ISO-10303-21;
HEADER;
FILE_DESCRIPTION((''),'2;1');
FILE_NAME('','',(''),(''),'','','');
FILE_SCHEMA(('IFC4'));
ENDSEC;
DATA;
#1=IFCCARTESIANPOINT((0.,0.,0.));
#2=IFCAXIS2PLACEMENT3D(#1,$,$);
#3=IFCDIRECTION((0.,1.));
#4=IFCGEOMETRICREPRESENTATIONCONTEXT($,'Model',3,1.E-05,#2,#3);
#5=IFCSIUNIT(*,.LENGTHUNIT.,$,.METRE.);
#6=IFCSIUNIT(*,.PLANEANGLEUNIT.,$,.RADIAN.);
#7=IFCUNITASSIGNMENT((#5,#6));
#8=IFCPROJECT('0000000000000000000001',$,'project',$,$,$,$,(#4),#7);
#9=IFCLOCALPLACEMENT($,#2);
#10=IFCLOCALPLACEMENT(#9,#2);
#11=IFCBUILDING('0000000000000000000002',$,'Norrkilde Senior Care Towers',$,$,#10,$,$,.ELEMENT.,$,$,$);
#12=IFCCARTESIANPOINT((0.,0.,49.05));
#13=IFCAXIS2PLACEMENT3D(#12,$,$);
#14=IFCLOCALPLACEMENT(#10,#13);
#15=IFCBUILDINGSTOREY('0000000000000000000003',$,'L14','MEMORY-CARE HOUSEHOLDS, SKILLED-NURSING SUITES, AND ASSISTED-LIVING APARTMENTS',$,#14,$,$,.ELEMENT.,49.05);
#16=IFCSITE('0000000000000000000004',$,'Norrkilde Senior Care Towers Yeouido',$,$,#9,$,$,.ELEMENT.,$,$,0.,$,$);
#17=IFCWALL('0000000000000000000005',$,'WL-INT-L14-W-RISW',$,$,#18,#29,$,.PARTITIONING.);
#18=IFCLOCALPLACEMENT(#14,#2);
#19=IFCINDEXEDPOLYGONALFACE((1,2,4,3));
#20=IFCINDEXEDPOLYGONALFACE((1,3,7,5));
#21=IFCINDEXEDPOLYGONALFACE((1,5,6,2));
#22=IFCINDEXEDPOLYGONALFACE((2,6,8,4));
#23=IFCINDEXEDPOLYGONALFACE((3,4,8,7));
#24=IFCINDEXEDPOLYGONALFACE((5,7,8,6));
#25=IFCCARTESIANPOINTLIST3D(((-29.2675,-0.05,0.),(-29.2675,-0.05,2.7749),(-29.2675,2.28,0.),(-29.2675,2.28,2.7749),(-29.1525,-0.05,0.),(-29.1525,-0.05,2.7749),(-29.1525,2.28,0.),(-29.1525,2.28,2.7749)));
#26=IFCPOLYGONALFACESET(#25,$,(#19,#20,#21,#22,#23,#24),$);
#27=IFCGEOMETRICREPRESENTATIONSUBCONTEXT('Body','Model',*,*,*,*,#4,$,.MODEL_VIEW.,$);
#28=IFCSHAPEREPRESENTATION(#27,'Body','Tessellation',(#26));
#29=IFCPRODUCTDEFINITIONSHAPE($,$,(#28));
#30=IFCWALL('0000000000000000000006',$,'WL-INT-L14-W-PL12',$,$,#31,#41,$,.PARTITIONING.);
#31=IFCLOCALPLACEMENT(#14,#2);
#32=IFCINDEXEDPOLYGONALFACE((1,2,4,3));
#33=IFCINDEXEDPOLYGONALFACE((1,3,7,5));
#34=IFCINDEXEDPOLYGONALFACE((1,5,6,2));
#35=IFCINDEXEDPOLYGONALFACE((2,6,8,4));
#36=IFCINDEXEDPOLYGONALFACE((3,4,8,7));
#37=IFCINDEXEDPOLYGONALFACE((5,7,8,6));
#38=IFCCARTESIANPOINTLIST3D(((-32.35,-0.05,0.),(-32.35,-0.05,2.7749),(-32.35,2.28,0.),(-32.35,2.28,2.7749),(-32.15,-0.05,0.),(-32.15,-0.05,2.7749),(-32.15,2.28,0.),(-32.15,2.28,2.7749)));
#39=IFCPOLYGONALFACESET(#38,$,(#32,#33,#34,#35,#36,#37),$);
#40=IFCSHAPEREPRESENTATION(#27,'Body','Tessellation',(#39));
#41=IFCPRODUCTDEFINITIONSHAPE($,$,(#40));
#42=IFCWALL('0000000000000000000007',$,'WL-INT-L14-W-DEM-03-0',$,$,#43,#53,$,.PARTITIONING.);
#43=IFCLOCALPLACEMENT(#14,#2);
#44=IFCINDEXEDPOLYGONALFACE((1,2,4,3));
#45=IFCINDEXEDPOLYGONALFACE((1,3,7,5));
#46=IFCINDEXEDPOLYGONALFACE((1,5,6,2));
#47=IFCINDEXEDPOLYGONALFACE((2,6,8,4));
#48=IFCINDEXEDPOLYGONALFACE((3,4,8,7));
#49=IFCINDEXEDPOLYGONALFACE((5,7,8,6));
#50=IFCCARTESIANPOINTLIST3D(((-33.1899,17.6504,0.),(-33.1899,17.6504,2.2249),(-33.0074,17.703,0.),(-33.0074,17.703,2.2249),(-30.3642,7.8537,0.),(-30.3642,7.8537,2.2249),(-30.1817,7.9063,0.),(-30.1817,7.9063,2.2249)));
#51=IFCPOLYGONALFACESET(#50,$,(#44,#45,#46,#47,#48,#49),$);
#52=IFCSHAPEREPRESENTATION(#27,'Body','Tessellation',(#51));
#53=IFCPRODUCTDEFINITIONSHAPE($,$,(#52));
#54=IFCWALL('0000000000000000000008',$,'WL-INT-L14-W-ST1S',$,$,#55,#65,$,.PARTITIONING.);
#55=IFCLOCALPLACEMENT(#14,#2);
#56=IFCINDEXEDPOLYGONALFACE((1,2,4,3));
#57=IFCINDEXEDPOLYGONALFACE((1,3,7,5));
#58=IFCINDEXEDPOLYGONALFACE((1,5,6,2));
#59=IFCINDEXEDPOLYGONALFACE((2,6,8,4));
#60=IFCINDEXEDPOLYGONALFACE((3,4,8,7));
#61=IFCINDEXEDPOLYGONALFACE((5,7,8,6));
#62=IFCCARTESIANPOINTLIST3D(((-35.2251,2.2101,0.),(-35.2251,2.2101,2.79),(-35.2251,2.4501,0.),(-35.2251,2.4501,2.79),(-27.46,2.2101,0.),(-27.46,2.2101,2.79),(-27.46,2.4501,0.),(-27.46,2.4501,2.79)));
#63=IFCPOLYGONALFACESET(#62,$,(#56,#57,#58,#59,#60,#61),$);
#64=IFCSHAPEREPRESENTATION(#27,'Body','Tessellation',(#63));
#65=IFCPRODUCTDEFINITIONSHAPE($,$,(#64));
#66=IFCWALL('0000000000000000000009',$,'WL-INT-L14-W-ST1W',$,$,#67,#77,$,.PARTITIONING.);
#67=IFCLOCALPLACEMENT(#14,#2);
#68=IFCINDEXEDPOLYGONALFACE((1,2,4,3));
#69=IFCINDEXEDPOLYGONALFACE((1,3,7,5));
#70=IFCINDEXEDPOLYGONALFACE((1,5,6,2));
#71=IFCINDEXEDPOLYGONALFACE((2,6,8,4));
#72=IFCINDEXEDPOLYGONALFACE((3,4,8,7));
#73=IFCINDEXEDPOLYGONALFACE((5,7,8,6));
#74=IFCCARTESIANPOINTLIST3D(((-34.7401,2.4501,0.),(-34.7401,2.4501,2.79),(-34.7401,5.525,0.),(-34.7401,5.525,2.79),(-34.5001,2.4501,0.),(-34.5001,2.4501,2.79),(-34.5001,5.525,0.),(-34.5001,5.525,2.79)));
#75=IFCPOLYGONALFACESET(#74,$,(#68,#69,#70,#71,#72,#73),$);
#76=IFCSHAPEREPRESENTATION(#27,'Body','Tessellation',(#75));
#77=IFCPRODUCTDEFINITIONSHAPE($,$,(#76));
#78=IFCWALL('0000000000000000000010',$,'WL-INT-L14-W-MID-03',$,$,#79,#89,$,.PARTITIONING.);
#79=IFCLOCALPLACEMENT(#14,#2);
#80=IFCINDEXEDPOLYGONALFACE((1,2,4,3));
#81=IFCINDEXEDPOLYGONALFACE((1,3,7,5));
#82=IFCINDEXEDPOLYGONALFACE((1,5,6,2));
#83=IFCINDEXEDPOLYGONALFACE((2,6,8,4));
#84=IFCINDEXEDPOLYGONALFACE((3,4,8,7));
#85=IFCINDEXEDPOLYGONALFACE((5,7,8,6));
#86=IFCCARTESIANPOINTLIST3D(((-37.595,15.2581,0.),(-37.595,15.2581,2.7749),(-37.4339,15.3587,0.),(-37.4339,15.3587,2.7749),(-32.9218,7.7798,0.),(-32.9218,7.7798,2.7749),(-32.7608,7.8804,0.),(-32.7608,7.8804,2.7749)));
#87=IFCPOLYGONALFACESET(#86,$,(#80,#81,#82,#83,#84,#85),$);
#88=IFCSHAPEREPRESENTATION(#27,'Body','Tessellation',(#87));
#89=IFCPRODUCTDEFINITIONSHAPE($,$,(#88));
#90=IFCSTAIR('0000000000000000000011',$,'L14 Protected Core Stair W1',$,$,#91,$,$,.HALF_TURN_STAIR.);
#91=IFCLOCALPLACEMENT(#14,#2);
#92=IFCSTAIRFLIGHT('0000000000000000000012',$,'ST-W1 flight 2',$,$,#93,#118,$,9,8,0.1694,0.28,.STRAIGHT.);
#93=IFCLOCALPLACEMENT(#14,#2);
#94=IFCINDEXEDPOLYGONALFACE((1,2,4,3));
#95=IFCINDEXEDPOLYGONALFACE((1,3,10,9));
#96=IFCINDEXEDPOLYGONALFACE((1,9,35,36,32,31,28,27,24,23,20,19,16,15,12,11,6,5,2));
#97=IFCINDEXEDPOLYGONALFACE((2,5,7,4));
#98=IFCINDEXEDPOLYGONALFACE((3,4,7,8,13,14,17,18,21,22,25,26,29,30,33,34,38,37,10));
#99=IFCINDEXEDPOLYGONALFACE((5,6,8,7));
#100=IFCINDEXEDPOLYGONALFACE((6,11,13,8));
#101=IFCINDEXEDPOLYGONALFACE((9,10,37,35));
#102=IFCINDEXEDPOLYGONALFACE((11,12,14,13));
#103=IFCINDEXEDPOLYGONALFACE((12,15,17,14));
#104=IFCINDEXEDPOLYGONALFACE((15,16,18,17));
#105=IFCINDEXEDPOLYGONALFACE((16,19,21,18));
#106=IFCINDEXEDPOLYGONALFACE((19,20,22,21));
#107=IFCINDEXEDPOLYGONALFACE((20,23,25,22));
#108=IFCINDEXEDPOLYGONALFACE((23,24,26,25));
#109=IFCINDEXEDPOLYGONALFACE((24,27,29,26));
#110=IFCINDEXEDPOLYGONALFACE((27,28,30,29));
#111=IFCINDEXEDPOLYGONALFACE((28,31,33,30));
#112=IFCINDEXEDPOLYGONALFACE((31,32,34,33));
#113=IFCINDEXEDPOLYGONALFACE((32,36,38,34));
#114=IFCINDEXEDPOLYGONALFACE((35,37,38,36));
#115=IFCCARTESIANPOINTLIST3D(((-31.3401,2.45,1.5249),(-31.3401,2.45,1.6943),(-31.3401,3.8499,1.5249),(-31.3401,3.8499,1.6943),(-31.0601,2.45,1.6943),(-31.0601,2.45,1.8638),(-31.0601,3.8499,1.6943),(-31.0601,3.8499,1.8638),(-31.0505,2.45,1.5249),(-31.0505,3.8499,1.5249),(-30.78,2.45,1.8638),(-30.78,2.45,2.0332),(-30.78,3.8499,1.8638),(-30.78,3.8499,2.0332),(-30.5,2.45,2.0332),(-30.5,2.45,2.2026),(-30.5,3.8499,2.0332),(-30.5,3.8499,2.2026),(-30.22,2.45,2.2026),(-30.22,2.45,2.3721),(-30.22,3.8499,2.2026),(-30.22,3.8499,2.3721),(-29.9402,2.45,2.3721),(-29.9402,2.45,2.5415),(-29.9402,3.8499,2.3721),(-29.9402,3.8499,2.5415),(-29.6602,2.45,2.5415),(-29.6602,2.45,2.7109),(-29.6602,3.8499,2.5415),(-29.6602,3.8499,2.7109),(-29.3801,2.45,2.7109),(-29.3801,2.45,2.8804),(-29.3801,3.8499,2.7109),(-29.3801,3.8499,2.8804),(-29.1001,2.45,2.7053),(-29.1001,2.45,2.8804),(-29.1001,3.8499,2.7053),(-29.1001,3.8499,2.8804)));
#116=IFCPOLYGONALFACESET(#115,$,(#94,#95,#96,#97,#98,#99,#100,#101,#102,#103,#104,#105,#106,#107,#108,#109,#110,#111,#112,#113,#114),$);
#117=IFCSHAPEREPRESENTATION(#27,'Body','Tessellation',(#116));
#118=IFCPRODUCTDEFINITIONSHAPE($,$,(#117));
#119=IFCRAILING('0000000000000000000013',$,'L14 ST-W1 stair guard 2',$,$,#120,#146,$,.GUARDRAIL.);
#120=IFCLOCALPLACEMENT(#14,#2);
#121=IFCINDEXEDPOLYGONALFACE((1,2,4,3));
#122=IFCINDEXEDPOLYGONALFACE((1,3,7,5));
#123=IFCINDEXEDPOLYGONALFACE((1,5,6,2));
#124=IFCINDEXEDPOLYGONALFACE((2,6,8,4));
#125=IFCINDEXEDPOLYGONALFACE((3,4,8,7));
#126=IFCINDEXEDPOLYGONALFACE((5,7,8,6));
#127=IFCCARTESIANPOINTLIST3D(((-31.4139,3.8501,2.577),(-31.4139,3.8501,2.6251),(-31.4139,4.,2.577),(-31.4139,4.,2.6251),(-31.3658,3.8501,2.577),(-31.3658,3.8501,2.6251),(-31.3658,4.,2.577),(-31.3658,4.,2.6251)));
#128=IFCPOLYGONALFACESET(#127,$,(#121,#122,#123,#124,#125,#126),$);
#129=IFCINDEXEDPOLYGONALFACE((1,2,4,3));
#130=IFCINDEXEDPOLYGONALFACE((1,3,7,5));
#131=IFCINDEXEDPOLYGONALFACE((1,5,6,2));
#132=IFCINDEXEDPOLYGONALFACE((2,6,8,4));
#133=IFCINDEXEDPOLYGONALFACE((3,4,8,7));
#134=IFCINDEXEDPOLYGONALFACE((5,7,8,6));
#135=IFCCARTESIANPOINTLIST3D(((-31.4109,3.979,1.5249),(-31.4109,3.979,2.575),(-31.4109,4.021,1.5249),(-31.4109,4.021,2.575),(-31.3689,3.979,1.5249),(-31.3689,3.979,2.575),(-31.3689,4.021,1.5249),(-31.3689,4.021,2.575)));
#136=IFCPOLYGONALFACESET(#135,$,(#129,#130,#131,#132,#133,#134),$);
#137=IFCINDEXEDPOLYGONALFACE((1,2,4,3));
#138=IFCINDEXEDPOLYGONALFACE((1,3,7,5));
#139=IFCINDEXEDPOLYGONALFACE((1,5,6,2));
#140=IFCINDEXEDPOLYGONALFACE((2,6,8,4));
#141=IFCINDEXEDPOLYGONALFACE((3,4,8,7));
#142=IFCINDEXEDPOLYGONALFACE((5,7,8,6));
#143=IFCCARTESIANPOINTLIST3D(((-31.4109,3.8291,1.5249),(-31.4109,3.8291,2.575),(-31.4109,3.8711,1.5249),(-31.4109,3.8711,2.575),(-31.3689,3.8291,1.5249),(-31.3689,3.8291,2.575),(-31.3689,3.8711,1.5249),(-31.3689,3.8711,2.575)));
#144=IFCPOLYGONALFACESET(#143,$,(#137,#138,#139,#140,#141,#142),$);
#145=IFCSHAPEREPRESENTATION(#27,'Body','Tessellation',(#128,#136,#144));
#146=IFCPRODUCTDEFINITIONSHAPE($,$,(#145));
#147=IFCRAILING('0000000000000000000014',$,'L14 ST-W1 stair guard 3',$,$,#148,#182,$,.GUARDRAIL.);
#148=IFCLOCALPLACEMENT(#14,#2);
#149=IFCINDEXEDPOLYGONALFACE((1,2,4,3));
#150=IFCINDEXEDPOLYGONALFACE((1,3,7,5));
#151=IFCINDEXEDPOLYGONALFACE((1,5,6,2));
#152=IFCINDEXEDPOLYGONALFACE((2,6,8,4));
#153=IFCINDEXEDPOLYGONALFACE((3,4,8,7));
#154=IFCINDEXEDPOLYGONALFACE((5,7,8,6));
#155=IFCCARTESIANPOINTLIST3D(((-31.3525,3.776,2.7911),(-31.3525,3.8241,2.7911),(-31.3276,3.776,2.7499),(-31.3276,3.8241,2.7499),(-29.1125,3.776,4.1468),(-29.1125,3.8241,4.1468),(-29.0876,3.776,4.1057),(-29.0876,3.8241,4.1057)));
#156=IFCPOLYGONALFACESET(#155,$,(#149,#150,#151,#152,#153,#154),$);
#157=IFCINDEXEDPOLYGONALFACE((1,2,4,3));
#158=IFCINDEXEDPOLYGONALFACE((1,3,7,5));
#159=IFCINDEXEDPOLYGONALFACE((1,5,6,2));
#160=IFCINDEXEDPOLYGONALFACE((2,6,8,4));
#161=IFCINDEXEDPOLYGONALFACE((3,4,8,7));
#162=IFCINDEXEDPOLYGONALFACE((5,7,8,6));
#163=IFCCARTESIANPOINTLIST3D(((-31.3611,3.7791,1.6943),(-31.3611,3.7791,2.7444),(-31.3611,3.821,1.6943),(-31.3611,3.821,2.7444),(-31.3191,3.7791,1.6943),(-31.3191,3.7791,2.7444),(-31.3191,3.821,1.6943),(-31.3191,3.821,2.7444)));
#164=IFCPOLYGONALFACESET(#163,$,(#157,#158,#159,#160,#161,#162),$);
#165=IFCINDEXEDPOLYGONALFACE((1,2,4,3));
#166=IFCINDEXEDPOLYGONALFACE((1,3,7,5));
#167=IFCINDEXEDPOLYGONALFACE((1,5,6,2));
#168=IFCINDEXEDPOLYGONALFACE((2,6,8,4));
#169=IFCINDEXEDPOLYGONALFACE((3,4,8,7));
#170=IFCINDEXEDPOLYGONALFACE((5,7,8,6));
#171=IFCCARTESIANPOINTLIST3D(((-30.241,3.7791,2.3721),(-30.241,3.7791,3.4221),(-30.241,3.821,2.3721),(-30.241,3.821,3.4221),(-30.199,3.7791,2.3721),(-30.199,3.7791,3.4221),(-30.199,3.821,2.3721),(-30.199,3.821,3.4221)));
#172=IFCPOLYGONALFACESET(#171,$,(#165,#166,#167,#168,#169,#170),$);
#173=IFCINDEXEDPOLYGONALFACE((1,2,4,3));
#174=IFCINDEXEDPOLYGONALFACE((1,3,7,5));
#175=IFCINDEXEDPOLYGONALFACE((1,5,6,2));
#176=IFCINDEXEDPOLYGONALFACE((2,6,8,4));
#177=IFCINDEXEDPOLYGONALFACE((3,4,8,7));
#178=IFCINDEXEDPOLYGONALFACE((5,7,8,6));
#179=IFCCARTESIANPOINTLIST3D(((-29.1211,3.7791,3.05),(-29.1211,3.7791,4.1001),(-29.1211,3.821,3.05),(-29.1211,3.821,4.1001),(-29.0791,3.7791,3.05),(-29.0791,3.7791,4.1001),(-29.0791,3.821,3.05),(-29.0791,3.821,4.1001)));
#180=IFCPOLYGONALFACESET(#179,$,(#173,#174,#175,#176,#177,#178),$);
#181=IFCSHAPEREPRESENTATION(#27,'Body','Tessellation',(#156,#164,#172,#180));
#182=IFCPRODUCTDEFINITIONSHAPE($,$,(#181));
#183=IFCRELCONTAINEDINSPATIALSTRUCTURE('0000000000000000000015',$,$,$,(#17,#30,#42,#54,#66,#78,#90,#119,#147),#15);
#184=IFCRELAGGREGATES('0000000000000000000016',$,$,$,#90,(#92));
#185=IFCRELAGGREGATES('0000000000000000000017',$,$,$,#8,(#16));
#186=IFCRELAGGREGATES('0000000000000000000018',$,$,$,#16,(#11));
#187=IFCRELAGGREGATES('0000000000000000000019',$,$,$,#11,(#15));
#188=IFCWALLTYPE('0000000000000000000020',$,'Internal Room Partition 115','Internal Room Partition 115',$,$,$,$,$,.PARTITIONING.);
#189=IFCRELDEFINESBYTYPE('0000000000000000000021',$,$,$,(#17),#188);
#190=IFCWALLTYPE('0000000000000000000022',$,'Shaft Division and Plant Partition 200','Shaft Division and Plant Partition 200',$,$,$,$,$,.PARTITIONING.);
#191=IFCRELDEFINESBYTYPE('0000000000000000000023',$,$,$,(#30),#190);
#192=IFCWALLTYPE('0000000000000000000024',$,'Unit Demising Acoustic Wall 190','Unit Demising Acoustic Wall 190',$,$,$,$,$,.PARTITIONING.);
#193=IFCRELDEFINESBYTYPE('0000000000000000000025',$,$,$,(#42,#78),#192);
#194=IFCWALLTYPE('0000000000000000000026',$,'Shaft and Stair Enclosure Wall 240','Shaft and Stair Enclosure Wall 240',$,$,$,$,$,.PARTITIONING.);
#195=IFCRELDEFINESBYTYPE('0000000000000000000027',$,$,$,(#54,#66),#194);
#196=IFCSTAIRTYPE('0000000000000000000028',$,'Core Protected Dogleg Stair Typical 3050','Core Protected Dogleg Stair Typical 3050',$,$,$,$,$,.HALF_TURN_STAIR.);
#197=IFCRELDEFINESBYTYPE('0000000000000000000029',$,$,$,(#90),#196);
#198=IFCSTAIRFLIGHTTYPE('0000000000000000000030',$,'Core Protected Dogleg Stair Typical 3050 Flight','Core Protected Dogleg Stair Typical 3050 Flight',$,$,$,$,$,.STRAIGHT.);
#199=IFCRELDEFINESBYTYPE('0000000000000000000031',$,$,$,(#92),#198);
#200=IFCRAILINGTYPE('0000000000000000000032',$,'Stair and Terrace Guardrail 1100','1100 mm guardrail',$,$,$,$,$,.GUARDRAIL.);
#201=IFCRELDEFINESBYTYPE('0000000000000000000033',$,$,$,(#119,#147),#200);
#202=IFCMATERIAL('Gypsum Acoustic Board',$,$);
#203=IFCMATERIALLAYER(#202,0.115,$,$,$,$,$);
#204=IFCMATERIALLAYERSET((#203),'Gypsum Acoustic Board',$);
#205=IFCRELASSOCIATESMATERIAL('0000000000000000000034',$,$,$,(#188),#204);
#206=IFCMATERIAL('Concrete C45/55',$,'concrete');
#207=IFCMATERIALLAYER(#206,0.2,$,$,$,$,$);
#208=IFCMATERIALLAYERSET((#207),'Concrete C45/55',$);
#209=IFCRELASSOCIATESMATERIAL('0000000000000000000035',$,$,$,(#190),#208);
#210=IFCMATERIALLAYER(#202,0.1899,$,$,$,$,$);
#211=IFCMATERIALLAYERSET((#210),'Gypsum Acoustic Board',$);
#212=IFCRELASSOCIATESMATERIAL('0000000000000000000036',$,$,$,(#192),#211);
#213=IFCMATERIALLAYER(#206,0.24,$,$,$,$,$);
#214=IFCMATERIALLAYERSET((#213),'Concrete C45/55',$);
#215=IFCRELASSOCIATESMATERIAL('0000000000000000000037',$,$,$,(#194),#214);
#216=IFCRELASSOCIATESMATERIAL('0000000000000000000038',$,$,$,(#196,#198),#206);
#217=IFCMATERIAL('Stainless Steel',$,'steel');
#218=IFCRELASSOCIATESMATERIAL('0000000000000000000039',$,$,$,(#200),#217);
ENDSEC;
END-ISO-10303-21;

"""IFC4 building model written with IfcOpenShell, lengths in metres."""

from ifc_helpers import new_model, si_unit, direction, frame, frame_2d, origin, origin_2d, place, context, subcontext, project, spatial, polyline, rectangle, outline, extrude, source, transform, mapped, material, layer, layer_set, type_object, type_shapes, element, aggregate, save


model = new_model("IFC4")

# Units and contexts
model_context = context("Model", 3, precision=1e-05, world=origin(), true_north=direction((0.0, 1.0)))
body_context = subcontext(model_context, "Body", "Model", "MODEL_VIEW")
ifc_project = project(units=[si_unit("LENGTHUNIT", "METRE"), si_unit("PLANEANGLEUNIT", "RADIAN")], contexts=[model_context])

# Site, building, storey
site_placement = place(None, origin())
site = spatial("IfcSite", under=ifc_project, at=site_placement, Name="Norrkilde Senior Care Towers Yeouido", CompositionType="ELEMENT", RefElevation=0.0)
building_placement = place(site_placement, origin())
building = spatial("IfcBuilding", under=site, at=building_placement, Name="Norrkilde Senior Care Towers", CompositionType="ELEMENT")
storey_placement = place(building_placement, frame((0.0, 0.0, 49.05)))
storey = spatial("IfcBuildingStorey", under=building, at=storey_placement, Name="L14", Description="MEMORY-CARE HOUSEHOLDS, SKILLED-NURSING SUITES, AND ASSISTED-LIVING APARTMENTS", CompositionType="ELEMENT", Elevation=49.05)

# Walls
ifc_material_1 = material(Name="Gypsum Acoustic Board")
ifc_layer_1 = layer(ifc_material_1, 0.115)
ifc_layer_set_1 = layer_set([ifc_layer_1], Name="Gypsum Acoustic Board")
wall_type_1 = type_object("IfcWallType", Name="Internal Room Partition 115", Description="Internal Room Partition 115", PredefinedType="PARTITIONING", material=ifc_layer_set_1)
shared_shape_1 = source(origin(), body_context, "Body", "SweptSolid", [
    extrude(rectangle(XDim=2.3301, YDim=0.115, at=frame_2d((1.165, 0.0))), origin(), (0.0, 0.0, 1.0), 2.7749),
])
type_shapes(wall_type_1, [shared_shape_1])
wall_1_placement = place(storey_placement, frame((-29.21, -0.05, 0.0), z_axis=(0.0, 0.0, 1.0), x_axis=(0.0, 1.0, 0.0)))
element("IfcWall", 1, at=wall_1_placement, inside=storey, type_object=wall_type_1, Name="WL-INT-L14-W-RISW", PredefinedType="PARTITIONING", context=body_context, shape_type="MappedRepresentation", body=[
    mapped(shared_shape_1, transform((0.0, 0.0, 0.0), x_axis=(1.0, 0.0, 0.0), y_axis=(0.0, 1.0, 0.0), z_axis=(0.0, 0.0, 1.0), scale=1.0)),
])
ifc_material_2 = material(Name="Concrete C45/55", Category="concrete")
ifc_layer_2 = layer(ifc_material_2, 0.2)
ifc_layer_set_2 = layer_set([ifc_layer_2], Name="Concrete C45/55")
wall_type_2 = type_object("IfcWallType", Name="Shaft Division and Plant Partition 200", Description="Shaft Division and Plant Partition 200", PredefinedType="PARTITIONING", material=ifc_layer_set_2)
shared_shape_2 = source(origin(), body_context, "Body", "SweptSolid", [
    extrude(rectangle(XDim=2.3301, YDim=0.2, at=frame_2d((1.165, 0.0))), origin(), (0.0, 0.0, 1.0), 2.7749),
])
type_shapes(wall_type_2, [shared_shape_2])
wall_2_placement = place(storey_placement, frame((-32.25, -0.05, 0.0), z_axis=(0.0, 0.0, 1.0), x_axis=(0.0, 1.0, 0.0)))
element("IfcWall", 2, at=wall_2_placement, inside=storey, type_object=wall_type_2, Name="WL-INT-L14-W-PL12", PredefinedType="PARTITIONING", context=body_context, shape_type="MappedRepresentation", body=[
    mapped(shared_shape_2, transform((0.0, 0.0, 0.0), x_axis=(1.0, 0.0, 0.0), y_axis=(0.0, 1.0, 0.0), z_axis=(0.0, 0.0, 1.0), scale=1.0)),
])
ifc_layer_3 = layer(ifc_material_1, 0.1899)
ifc_layer_set_3 = layer_set([ifc_layer_3], Name="Gypsum Acoustic Board")
wall_type_3 = type_object("IfcWallType", Name="Unit Demising Acoustic Wall 190", Description="Unit Demising Acoustic Wall 190", PredefinedType="PARTITIONING", material=ifc_layer_set_3)
shared_shape_3 = source(origin(), body_context, "Body", "SweptSolid", [
    extrude(rectangle(XDim=10.196, YDim=0.1899, at=frame_2d((5.0981, 0.0))), origin(), (0.0, 0.0, 1.0), 2.2249),
])
wall_3_placement = place(storey_placement, frame((-30.2729, 7.8799, 0.0), z_axis=(0.0, 0.0, 1.0), x_axis=(-0.277136, 0.960831, 0.0)))
element("IfcWall", 3, at=wall_3_placement, inside=storey, type_object=wall_type_3, Name="WL-INT-L14-W-DEM-03-0", PredefinedType="PARTITIONING", context=body_context, shape_type="MappedRepresentation", body=[
    mapped(shared_shape_3, transform((0.0, 0.0, 0.0), x_axis=(1.0, 0.0, 0.0), y_axis=(0.0, 1.0, 0.0), z_axis=(0.0, 0.0, 1.0), scale=1.0)),
])
ifc_layer_4 = layer(ifc_material_2, 0.24)
ifc_layer_set_4 = layer_set([ifc_layer_4], Name="Concrete C45/55")
wall_type_4 = type_object("IfcWallType", Name="Shaft and Stair Enclosure Wall 240", Description="Shaft and Stair Enclosure Wall 240", PredefinedType="PARTITIONING", material=ifc_layer_set_4)
shared_shape_4 = source(origin(), body_context, "Body", "SweptSolid", [
    extrude(rectangle(XDim=7.7651, YDim=0.24, at=frame_2d((3.8826, 0.0))), origin(), (0.0, 0.0, 1.0), 2.79),
])
wall_4_placement = place(storey_placement, frame((-35.2251, 2.3301, 0.0), z_axis=(0.0, 0.0, 1.0), x_axis=(1.0, 0.0, 0.0)))
element("IfcWall", 4, at=wall_4_placement, inside=storey, type_object=wall_type_4, Name="WL-INT-L14-W-ST1S", PredefinedType="PARTITIONING", context=body_context, shape_type="MappedRepresentation", body=[
    mapped(shared_shape_4, transform((0.0, 0.0, 0.0), x_axis=(1.0, 0.0, 0.0), y_axis=(0.0, 1.0, 0.0), z_axis=(0.0, 0.0, 1.0), scale=1.0)),
])
shared_shape_5 = source(origin(), body_context, "Body", "SweptSolid", [
    extrude(rectangle(XDim=3.075, YDim=0.24, at=frame_2d((1.5376, 0.0))), origin(), (0.0, 0.0, 1.0), 2.79),
])
type_shapes(wall_type_4, [shared_shape_4, shared_shape_5])
wall_5_placement = place(storey_placement, frame((-34.6201, 2.45, 0.0), z_axis=(0.0, 0.0, 1.0), x_axis=(0.0, 1.0, 0.0)))
element("IfcWall", 5, at=wall_5_placement, inside=storey, type_object=wall_type_4, Name="WL-INT-L14-W-ST1W", PredefinedType="PARTITIONING", context=body_context, shape_type="MappedRepresentation", body=[
    mapped(shared_shape_5, transform((0.0, 0.0, 0.0), x_axis=(1.0, 0.0, 0.0), y_axis=(0.0, 1.0, 0.0), z_axis=(0.0, 0.0, 1.0), scale=1.0)),
])
shared_shape_6 = source(origin(), body_context, "Body", "SweptSolid", [
    extrude(rectangle(XDim=8.8184, YDim=0.1899, at=frame_2d((4.4092, 0.0))), origin(), (0.0, 0.0, 1.0), 2.7749),
])
type_shapes(wall_type_3, [shared_shape_3, shared_shape_6])
wall_6_placement = place(storey_placement, frame((-32.8413, 7.8301, 0.0), z_axis=(0.0, 0.0, 1.0), x_axis=(-0.529932, 0.84804, 0.0)))
element("IfcWall", 6, at=wall_6_placement, inside=storey, type_object=wall_type_3, Name="WL-INT-L14-W-MID-03", PredefinedType="PARTITIONING", context=body_context, shape_type="MappedRepresentation", body=[
    mapped(shared_shape_6, transform((0.0, 0.0, 0.0), x_axis=(1.0, 0.0, 0.0), y_axis=(0.0, 1.0, 0.0), z_axis=(0.0, 0.0, 1.0), scale=1.0)),
])

# Stair, stair flight
stair_type = type_object("IfcStairType", Name="Core Protected Dogleg Stair Typical 3050", Description="Core Protected Dogleg Stair Typical 3050", PredefinedType="HALF_TURN_STAIR", material=ifc_material_2)
stair_placement = place(storey_placement, origin())
stair = element("IfcStair", 7, at=stair_placement, inside=storey, type_object=stair_type, Name="L14 Protected Core Stair W1", PredefinedType="HALF_TURN_STAIR")
stair_flight_type = type_object("IfcStairFlightType", Name="Core Protected Dogleg Stair Typical 3050 Flight", Description="Core Protected Dogleg Stair Typical 3050 Flight", PredefinedType="STRAIGHT", material=ifc_material_2)
stair_flight_placement = place(storey_placement, frame((-31.3401, 3.1499, 1.5249), z_axis=(0.0, 0.0, 1.0), x_axis=(1.0, 0.0, 0.0)))
stair_flight = element("IfcStairFlight", 8, at=stair_flight_placement, type_object=stair_flight_type, Name="ST-W1 flight 2", NumberOfRisers=9, NumberOfTreads=8, PredefinedType="STRAIGHT", RiserHeight=0.1694, TreadLength=0.28, context=body_context, shape_type="SweptSolid", body=[
    extrude(outline(polyline([(0.0, 0.0), (0.0, 0.1694), (0.28, 0.1694), (0.28, 0.3389), (0.5601, 0.3389), (0.5601, 0.5083), (0.8401, 0.5083), (0.8401, 0.6777), (1.1201, 0.6777), (1.1201, 0.8472), (1.3999, 0.8472), (1.3999, 1.0166), (1.6799, 1.0166), (1.6799, 1.186), (1.96, 1.186), (1.96, 1.3555), (2.24, 1.3555), (2.24, 1.5249), (2.24, 1.1804), (0.2896, 0.0), (0.0, 0.0)])), frame((0.0, 0.7, 0.0), z_axis=(0.0, -1.0, 0.0), x_axis=(1.0, 0.0, 0.0)), (0.0, 0.0, 1.0), 1.3999),
])
aggregate(stair, [stair_flight])

# Railings
ifc_material_3 = material(Name="Stainless Steel", Category="steel")
railing_type_1 = type_object("IfcRailingType", Name="Stair and Terrace Guardrail 1100", Description="1100 mm guardrail", PredefinedType="GUARDRAIL", material=ifc_material_3)
railing_1_placement = place(storey_placement, frame((-31.3899, 4.0, 1.5249)))
element("IfcRailing", 9, at=railing_1_placement, inside=storey, type_object=railing_type_1, Name="L14 ST-W1 stair guard 2", PredefinedType="GUARDRAIL", context=body_context, shape_type="SweptSolid", body=[
    extrude(rectangle(XDim=0.0481, YDim=0.0481, at=origin_2d()), frame((0.0, 0.0, 1.0762), z_axis=(0.0, -1.0, 0.0), x_axis=(1.0, 0.0, 0.0)), (0.0, 0.0, 1.0), 0.1499),
    extrude(rectangle(XDim=0.042, YDim=0.042, at=origin_2d()), origin(), (0.0, 0.0, 1.0), 1.05),
    extrude(rectangle(XDim=0.042, YDim=0.042, at=origin_2d()), frame((0.0, -0.1499, 0.0)), (0.0, 0.0, 1.0), 1.05),
])
railing_2_placement = place(storey_placement, frame((-31.3401, 3.8, 1.6943)))
element("IfcRailing", 10, at=railing_2_placement, inside=storey, type_object=railing_type_1, Name="L14 ST-W1 stair guard 3", PredefinedType="GUARDRAIL", context=body_context, shape_type="SweptSolid", body=[
    extrude(rectangle(XDim=0.0481, YDim=0.0481, at=origin_2d()), frame((0.0, 0.0, 1.0762), z_axis=(0.855512, 0.0, 0.517783), x_axis=(0.0, 1.0, 0.0)), (0.0, 0.0, 1.0), 2.6184),
    extrude(rectangle(XDim=0.042, YDim=0.042, at=origin_2d()), origin(), (0.0, 0.0, 1.0), 1.05),
    extrude(rectangle(XDim=0.042, YDim=0.042, at=origin_2d()), frame((1.1201, 0.0, 0.6777)), (0.0, 0.0, 1.0), 1.05),
    extrude(rectangle(XDim=0.042, YDim=0.042, at=origin_2d()), frame((2.24, 0.0, 1.3557)), (0.0, 0.0, 1.0), 1.05),
])

save(model, "model.ifc")
